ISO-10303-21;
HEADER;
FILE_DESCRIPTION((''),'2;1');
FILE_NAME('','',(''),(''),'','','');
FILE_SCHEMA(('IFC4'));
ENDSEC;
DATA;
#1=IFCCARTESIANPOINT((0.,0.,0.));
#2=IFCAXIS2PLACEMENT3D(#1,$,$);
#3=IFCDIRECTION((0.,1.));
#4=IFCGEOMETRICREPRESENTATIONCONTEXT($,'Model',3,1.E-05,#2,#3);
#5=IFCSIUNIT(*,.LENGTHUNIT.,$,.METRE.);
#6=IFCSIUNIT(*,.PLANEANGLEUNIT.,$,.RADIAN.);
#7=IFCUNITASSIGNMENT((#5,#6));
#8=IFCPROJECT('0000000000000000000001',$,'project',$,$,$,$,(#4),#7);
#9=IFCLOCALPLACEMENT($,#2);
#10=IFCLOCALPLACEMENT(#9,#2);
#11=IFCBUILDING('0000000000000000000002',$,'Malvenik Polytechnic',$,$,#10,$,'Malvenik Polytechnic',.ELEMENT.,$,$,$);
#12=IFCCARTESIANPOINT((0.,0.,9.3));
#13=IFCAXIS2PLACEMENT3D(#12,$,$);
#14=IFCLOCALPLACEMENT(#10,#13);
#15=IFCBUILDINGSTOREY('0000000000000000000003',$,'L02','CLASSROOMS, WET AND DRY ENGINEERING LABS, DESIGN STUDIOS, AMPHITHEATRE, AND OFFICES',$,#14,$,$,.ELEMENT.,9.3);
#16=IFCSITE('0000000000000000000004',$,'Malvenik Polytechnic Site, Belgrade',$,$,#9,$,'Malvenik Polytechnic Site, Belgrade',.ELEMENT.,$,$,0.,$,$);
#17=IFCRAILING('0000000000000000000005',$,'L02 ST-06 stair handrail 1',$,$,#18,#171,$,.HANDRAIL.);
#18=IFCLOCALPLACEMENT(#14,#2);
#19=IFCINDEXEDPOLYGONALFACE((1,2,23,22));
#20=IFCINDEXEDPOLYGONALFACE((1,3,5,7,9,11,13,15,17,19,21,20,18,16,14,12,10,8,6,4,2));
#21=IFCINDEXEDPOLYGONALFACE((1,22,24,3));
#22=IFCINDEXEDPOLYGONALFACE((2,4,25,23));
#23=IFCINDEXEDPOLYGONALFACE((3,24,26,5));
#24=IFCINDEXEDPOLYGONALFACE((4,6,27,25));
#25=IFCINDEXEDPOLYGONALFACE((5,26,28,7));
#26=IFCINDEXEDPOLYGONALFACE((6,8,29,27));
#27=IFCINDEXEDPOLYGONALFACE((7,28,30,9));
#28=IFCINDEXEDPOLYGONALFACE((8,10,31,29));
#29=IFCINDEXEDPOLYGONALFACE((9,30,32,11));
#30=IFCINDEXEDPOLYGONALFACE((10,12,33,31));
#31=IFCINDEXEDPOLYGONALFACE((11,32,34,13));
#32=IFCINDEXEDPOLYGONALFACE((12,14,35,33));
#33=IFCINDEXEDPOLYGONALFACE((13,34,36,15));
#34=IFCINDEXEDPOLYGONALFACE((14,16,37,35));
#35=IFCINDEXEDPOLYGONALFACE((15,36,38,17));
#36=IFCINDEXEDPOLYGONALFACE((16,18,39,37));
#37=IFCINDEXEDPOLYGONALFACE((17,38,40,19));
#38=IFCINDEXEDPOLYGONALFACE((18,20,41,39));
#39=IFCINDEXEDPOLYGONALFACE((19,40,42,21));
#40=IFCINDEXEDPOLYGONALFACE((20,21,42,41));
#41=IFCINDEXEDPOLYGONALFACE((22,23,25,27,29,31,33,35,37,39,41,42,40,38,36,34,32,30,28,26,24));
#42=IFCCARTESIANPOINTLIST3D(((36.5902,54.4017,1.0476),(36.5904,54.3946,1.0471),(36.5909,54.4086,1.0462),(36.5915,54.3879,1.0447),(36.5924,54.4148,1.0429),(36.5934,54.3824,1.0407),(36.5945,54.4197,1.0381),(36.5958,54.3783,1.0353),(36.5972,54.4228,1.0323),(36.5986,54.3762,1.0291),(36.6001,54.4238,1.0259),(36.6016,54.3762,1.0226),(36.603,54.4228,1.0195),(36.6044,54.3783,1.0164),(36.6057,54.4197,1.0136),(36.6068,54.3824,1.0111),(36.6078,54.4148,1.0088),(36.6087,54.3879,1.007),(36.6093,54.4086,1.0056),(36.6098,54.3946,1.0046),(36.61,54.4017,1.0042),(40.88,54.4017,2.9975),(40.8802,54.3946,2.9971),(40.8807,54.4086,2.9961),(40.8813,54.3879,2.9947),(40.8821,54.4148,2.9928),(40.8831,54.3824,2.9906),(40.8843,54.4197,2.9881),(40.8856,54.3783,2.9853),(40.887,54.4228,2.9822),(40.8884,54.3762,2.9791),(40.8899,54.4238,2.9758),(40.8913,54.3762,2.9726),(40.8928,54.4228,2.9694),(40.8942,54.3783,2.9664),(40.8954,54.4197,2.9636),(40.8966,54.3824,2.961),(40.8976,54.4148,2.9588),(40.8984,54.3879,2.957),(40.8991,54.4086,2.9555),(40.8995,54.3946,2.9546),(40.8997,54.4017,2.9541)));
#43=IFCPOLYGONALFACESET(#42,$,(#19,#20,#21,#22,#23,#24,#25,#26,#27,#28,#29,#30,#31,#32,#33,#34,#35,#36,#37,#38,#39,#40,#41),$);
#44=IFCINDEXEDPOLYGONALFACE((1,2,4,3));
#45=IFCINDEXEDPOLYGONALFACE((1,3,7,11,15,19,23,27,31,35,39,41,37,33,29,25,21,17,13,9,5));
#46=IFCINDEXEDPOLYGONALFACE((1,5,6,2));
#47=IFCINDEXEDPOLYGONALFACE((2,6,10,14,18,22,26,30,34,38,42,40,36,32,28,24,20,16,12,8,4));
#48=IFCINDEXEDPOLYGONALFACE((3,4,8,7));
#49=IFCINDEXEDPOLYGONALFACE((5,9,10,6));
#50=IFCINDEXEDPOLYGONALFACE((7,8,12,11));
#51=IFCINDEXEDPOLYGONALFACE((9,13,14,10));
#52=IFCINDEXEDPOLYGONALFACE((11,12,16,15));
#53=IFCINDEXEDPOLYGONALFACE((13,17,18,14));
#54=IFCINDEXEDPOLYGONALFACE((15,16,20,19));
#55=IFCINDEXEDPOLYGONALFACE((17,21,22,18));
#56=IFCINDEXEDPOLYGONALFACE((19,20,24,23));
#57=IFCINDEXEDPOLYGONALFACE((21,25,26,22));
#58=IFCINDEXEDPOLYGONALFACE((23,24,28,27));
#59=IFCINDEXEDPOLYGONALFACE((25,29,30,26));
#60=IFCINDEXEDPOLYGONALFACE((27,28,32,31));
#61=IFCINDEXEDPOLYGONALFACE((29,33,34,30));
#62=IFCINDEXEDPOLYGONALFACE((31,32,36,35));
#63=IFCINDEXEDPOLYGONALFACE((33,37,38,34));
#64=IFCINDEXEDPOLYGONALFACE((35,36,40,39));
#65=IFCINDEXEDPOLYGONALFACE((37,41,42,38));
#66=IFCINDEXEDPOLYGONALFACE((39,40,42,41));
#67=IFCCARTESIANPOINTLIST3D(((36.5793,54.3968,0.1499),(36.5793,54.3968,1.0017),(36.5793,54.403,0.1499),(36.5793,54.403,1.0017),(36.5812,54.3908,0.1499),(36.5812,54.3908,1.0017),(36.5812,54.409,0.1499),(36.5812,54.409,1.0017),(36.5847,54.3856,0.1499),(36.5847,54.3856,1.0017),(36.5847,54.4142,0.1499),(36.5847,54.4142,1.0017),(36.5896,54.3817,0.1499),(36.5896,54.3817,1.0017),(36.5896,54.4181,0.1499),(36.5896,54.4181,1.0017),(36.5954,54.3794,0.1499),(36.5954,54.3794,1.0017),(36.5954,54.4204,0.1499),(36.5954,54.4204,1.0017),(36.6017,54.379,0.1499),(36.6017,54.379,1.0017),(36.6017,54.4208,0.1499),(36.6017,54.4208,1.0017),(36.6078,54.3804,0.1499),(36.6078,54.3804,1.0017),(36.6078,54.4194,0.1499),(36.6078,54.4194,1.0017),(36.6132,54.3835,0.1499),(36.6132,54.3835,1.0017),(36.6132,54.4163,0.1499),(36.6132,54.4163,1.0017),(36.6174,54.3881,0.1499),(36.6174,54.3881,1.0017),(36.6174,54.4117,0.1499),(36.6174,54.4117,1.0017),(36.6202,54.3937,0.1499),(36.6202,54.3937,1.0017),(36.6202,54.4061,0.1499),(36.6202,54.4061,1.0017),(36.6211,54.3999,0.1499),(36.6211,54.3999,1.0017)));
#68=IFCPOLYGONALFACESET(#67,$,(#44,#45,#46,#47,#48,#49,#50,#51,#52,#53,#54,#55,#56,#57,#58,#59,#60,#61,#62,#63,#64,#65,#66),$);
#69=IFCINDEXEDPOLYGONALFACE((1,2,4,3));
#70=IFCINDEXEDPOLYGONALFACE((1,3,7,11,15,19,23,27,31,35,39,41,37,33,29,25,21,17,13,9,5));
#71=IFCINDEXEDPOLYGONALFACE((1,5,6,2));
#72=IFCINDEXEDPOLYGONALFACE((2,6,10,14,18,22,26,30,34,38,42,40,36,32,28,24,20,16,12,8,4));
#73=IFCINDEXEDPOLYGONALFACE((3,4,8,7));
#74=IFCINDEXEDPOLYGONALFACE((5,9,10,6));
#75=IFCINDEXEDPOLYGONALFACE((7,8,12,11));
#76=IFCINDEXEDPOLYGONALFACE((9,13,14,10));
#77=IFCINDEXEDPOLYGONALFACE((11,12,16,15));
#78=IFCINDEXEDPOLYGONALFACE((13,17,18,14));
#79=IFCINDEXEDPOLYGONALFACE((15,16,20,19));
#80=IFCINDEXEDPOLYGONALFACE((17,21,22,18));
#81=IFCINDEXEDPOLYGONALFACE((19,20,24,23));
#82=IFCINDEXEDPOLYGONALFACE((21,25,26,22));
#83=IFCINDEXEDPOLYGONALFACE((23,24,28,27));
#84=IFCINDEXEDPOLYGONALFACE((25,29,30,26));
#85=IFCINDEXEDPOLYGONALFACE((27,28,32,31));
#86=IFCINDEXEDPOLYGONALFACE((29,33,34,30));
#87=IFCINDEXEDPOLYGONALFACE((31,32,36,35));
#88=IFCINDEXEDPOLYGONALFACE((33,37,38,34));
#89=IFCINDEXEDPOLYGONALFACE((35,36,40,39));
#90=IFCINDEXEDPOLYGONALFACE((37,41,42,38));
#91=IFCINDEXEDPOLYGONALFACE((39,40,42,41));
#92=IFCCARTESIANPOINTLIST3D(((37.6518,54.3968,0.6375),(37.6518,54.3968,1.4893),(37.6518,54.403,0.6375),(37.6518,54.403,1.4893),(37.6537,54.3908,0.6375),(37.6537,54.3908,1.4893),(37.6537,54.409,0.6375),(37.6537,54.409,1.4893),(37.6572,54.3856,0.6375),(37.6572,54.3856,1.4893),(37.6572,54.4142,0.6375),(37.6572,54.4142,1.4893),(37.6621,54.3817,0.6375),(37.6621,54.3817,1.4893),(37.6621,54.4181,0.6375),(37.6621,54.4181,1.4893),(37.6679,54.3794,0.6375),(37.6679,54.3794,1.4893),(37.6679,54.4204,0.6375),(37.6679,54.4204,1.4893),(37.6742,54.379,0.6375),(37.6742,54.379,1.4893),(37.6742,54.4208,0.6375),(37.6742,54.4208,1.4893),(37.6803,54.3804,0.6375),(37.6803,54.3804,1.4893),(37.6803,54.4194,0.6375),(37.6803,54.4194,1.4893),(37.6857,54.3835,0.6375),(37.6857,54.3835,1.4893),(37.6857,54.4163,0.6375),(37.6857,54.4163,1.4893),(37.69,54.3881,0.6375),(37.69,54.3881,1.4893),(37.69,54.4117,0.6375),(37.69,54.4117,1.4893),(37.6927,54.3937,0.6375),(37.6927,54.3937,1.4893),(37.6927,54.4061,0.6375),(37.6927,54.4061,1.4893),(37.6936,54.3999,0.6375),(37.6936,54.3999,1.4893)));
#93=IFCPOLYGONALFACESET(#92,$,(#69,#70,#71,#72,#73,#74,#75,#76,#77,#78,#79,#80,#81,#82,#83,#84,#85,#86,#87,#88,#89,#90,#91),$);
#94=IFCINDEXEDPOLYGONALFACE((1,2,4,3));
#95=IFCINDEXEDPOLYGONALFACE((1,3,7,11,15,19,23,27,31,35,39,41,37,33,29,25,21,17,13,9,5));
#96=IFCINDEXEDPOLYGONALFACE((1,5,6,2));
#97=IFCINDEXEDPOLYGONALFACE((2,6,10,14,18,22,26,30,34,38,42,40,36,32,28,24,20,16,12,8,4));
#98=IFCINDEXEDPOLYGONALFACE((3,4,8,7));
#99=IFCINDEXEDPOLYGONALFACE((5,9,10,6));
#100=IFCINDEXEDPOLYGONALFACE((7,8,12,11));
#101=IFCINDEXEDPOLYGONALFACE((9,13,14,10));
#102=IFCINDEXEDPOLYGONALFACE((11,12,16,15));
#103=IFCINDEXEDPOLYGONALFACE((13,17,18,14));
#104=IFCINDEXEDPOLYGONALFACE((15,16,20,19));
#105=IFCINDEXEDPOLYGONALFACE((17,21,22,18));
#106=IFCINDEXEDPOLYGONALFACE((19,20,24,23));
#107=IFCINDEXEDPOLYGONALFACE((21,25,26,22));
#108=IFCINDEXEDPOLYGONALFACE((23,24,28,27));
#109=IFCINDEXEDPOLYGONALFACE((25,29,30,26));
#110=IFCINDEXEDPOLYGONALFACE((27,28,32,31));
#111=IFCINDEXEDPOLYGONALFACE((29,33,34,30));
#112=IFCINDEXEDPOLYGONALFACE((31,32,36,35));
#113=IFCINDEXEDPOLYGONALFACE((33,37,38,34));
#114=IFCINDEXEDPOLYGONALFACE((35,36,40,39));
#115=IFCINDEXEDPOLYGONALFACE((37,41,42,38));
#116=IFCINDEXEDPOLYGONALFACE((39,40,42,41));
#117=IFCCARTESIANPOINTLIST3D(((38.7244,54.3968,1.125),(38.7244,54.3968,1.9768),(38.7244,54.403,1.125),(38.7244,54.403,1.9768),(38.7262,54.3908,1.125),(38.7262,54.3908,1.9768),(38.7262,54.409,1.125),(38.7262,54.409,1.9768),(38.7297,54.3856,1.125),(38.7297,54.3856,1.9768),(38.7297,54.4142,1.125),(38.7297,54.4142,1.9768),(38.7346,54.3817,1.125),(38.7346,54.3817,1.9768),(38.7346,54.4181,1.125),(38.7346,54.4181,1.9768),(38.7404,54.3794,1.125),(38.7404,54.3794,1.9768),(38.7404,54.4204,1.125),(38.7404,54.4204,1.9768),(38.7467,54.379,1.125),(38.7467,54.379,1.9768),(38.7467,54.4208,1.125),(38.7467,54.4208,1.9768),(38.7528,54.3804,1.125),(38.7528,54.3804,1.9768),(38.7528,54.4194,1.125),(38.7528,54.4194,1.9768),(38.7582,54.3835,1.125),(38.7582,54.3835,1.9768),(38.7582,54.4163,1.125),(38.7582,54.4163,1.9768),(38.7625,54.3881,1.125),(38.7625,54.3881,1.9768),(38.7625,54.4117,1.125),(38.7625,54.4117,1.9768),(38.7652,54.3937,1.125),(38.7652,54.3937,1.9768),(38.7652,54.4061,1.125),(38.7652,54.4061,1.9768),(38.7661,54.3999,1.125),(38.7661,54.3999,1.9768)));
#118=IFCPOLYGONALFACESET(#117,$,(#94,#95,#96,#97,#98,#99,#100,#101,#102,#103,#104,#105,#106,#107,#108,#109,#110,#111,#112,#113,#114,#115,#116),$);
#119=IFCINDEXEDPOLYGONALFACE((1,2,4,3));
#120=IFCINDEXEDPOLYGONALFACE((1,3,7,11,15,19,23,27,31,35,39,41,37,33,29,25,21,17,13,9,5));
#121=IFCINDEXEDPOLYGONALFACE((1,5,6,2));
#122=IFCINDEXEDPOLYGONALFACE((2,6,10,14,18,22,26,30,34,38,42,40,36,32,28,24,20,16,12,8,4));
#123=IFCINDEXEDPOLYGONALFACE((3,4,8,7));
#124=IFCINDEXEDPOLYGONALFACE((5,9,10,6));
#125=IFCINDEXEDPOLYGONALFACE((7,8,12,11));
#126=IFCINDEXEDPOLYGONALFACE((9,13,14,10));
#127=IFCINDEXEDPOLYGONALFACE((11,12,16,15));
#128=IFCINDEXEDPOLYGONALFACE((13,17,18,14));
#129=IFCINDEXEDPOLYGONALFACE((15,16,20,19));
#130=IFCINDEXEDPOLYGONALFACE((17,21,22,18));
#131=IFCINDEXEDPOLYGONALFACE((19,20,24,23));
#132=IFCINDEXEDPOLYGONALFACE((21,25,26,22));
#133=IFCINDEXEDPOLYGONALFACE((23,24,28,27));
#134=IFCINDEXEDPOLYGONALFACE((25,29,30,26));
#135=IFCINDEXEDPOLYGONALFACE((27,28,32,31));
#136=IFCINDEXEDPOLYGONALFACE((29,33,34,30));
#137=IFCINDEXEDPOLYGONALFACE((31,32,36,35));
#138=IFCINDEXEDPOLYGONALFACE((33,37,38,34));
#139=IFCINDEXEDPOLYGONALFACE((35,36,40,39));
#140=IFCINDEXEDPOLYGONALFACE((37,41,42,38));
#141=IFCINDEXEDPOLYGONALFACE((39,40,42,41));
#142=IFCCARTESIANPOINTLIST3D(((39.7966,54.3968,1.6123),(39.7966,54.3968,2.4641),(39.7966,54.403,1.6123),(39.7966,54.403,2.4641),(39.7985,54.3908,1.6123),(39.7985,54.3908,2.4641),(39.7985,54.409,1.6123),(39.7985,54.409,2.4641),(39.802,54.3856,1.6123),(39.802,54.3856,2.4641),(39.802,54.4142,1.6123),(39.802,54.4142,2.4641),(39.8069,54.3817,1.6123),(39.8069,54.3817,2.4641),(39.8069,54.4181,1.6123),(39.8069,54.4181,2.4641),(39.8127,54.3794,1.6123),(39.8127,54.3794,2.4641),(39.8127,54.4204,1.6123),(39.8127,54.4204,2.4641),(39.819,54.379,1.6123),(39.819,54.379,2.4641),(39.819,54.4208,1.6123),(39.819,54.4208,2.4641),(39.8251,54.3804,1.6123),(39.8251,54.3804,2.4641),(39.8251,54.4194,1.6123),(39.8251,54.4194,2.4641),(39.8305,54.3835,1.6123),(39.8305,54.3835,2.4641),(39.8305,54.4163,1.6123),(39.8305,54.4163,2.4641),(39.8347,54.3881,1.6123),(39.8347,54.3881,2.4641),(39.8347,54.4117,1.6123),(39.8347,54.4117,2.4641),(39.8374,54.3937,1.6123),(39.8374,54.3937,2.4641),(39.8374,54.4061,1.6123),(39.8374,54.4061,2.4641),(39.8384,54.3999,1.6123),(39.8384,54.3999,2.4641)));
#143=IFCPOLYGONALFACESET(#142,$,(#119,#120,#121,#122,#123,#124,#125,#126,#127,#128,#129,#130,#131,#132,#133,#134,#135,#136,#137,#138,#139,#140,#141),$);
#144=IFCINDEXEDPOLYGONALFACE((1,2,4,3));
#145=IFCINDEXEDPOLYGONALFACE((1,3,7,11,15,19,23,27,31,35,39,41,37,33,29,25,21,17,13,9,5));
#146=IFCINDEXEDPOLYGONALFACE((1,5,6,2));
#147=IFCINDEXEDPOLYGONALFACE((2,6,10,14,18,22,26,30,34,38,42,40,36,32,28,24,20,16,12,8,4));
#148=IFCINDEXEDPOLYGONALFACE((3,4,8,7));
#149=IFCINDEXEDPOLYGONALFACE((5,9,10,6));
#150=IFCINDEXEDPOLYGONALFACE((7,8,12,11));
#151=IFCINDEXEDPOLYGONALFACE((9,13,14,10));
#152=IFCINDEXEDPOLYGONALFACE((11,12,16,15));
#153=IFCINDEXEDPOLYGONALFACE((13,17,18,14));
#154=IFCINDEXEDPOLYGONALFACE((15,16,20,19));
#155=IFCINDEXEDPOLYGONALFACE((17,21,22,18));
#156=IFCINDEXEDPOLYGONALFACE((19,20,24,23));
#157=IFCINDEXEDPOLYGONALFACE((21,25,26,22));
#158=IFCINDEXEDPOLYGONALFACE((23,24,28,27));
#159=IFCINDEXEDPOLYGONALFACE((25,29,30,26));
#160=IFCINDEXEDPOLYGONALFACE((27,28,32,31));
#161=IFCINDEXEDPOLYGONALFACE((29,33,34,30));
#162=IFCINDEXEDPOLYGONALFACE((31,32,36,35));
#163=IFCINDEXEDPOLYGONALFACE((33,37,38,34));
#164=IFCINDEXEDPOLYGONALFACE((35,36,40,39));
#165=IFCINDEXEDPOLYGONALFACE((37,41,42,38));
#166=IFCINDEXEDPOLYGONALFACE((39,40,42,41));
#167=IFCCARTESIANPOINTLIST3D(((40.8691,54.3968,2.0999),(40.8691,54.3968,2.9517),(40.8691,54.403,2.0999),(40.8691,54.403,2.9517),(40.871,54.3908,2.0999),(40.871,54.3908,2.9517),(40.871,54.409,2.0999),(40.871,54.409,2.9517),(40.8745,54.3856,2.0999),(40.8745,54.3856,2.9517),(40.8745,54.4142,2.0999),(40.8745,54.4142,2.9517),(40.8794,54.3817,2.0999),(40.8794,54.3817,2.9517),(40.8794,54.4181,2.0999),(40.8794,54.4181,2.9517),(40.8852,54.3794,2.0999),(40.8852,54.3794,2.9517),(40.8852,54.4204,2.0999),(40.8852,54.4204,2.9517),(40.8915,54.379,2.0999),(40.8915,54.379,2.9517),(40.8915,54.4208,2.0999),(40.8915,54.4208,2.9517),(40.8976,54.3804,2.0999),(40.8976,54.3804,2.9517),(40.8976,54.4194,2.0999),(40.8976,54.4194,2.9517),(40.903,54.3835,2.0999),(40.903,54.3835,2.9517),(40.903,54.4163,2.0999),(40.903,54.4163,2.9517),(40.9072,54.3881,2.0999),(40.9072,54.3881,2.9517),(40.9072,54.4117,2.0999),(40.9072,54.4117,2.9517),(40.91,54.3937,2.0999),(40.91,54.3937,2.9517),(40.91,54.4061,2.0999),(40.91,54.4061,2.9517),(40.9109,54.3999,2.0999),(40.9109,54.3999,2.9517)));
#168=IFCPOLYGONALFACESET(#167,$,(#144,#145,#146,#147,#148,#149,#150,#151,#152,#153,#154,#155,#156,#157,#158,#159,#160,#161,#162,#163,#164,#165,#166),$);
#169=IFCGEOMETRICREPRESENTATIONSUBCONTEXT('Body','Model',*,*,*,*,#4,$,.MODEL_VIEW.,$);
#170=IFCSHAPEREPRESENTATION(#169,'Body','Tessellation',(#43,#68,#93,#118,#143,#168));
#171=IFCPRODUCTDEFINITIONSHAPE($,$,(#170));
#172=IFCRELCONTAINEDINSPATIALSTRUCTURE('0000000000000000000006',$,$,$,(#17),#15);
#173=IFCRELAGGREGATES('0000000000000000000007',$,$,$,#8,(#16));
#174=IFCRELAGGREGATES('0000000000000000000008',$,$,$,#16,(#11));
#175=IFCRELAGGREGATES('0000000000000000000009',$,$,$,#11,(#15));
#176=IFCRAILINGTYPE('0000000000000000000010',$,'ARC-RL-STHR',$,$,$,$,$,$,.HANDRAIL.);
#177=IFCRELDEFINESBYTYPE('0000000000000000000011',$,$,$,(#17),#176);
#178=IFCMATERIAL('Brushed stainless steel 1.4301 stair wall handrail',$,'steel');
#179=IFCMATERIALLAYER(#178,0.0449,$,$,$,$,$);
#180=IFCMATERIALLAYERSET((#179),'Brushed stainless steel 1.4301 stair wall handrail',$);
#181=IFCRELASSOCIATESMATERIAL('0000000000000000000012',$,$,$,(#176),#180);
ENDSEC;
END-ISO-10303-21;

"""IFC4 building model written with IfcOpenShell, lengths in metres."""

from ifc_helpers import new_model, si_unit, direction, frame, origin, origin_2d, place, context, subcontext, project, spatial, circle, extrude, material, layer, layer_set, type_object, element, save


model = new_model("IFC4")

# Units and contexts
model_context = context("Model", 3, precision=1e-05, world=origin(), true_north=direction((0.0, 1.0)))
body_context = subcontext(model_context, "Body", "Model", "MODEL_VIEW")
ifc_project = project(units=[si_unit("LENGTHUNIT", "METRE"), si_unit("PLANEANGLEUNIT", "RADIAN")], contexts=[model_context])

# Site, building, storey
site_placement = place(None, origin())
site = spatial("IfcSite", under=ifc_project, at=site_placement, Name="Malvenik Polytechnic Site, Belgrade", LongName="Malvenik Polytechnic Site, Belgrade", CompositionType="ELEMENT", RefElevation=0.0)
building_placement = place(site_placement, origin())
building = spatial("IfcBuilding", under=site, at=building_placement, Name="Malvenik Polytechnic", LongName="Malvenik Polytechnic", CompositionType="ELEMENT")
storey_placement = place(building_placement, frame((0.0, 0.0, 9.3)))
storey = spatial("IfcBuildingStorey", under=building, at=storey_placement, Name="L02", Description="CLASSROOMS, WET AND DRY ENGINEERING LABS, DESIGN STUDIOS, AMPHITHEATRE, AND OFFICES", CompositionType="ELEMENT", Elevation=9.3)

# Railing
ifc_material_1 = material(Name="Brushed stainless steel 1.4301 stair wall handrail", Category="steel")
ifc_layer_1 = layer(ifc_material_1, 0.0449)
ifc_layer_set_1 = layer_set([ifc_layer_1], Name="Brushed stainless steel 1.4301 stair wall handrail")
railing_type_1 = type_object("IfcRailingType", Name="ARC-RL-STHR", PredefinedType="HANDRAIL", material=ifc_layer_set_1)
railing_1_placement = place(storey_placement, frame((36.6001, 54.3999, 0.1499)))
element("IfcRailing", 1, at=railing_1_placement, inside=storey, type_object=railing_type_1, Name="L02 ST-06 stair handrail 1", PredefinedType="HANDRAIL", context=body_context, shape_type="SweptSolid", body=[
    extrude(circle(Radius=0.0239, at=origin_2d()), frame((0.0, 0.0, 0.876), z_axis=(0.910363, 0.0, 0.413811), x_axis=(0.0, 1.0, 0.0)), (0.0, 0.0, 1.0), 4.7122),
    extrude(circle(Radius=0.021, at=origin_2d()), origin(), (0.0, 0.0, 1.0), 0.8518),
    extrude(circle(Radius=0.021, at=origin_2d()), frame((1.0725, 0.0, 0.4875)), (0.0, 0.0, 1.0), 0.8518),
    extrude(circle(Radius=0.021, at=origin_2d()), frame((2.145, 0.0, 0.9751)), (0.0, 0.0, 1.0), 0.8518),
    extrude(circle(Radius=0.021, at=origin_2d()), frame((3.2173, 0.0, 1.4624)), (0.0, 0.0, 1.0), 0.8518),
    extrude(circle(Radius=0.021, at=origin_2d()), frame((4.2898, 0.0, 1.95)), (0.0, 0.0, 1.0), 0.8518),
])

save(model, "model.ifc")
